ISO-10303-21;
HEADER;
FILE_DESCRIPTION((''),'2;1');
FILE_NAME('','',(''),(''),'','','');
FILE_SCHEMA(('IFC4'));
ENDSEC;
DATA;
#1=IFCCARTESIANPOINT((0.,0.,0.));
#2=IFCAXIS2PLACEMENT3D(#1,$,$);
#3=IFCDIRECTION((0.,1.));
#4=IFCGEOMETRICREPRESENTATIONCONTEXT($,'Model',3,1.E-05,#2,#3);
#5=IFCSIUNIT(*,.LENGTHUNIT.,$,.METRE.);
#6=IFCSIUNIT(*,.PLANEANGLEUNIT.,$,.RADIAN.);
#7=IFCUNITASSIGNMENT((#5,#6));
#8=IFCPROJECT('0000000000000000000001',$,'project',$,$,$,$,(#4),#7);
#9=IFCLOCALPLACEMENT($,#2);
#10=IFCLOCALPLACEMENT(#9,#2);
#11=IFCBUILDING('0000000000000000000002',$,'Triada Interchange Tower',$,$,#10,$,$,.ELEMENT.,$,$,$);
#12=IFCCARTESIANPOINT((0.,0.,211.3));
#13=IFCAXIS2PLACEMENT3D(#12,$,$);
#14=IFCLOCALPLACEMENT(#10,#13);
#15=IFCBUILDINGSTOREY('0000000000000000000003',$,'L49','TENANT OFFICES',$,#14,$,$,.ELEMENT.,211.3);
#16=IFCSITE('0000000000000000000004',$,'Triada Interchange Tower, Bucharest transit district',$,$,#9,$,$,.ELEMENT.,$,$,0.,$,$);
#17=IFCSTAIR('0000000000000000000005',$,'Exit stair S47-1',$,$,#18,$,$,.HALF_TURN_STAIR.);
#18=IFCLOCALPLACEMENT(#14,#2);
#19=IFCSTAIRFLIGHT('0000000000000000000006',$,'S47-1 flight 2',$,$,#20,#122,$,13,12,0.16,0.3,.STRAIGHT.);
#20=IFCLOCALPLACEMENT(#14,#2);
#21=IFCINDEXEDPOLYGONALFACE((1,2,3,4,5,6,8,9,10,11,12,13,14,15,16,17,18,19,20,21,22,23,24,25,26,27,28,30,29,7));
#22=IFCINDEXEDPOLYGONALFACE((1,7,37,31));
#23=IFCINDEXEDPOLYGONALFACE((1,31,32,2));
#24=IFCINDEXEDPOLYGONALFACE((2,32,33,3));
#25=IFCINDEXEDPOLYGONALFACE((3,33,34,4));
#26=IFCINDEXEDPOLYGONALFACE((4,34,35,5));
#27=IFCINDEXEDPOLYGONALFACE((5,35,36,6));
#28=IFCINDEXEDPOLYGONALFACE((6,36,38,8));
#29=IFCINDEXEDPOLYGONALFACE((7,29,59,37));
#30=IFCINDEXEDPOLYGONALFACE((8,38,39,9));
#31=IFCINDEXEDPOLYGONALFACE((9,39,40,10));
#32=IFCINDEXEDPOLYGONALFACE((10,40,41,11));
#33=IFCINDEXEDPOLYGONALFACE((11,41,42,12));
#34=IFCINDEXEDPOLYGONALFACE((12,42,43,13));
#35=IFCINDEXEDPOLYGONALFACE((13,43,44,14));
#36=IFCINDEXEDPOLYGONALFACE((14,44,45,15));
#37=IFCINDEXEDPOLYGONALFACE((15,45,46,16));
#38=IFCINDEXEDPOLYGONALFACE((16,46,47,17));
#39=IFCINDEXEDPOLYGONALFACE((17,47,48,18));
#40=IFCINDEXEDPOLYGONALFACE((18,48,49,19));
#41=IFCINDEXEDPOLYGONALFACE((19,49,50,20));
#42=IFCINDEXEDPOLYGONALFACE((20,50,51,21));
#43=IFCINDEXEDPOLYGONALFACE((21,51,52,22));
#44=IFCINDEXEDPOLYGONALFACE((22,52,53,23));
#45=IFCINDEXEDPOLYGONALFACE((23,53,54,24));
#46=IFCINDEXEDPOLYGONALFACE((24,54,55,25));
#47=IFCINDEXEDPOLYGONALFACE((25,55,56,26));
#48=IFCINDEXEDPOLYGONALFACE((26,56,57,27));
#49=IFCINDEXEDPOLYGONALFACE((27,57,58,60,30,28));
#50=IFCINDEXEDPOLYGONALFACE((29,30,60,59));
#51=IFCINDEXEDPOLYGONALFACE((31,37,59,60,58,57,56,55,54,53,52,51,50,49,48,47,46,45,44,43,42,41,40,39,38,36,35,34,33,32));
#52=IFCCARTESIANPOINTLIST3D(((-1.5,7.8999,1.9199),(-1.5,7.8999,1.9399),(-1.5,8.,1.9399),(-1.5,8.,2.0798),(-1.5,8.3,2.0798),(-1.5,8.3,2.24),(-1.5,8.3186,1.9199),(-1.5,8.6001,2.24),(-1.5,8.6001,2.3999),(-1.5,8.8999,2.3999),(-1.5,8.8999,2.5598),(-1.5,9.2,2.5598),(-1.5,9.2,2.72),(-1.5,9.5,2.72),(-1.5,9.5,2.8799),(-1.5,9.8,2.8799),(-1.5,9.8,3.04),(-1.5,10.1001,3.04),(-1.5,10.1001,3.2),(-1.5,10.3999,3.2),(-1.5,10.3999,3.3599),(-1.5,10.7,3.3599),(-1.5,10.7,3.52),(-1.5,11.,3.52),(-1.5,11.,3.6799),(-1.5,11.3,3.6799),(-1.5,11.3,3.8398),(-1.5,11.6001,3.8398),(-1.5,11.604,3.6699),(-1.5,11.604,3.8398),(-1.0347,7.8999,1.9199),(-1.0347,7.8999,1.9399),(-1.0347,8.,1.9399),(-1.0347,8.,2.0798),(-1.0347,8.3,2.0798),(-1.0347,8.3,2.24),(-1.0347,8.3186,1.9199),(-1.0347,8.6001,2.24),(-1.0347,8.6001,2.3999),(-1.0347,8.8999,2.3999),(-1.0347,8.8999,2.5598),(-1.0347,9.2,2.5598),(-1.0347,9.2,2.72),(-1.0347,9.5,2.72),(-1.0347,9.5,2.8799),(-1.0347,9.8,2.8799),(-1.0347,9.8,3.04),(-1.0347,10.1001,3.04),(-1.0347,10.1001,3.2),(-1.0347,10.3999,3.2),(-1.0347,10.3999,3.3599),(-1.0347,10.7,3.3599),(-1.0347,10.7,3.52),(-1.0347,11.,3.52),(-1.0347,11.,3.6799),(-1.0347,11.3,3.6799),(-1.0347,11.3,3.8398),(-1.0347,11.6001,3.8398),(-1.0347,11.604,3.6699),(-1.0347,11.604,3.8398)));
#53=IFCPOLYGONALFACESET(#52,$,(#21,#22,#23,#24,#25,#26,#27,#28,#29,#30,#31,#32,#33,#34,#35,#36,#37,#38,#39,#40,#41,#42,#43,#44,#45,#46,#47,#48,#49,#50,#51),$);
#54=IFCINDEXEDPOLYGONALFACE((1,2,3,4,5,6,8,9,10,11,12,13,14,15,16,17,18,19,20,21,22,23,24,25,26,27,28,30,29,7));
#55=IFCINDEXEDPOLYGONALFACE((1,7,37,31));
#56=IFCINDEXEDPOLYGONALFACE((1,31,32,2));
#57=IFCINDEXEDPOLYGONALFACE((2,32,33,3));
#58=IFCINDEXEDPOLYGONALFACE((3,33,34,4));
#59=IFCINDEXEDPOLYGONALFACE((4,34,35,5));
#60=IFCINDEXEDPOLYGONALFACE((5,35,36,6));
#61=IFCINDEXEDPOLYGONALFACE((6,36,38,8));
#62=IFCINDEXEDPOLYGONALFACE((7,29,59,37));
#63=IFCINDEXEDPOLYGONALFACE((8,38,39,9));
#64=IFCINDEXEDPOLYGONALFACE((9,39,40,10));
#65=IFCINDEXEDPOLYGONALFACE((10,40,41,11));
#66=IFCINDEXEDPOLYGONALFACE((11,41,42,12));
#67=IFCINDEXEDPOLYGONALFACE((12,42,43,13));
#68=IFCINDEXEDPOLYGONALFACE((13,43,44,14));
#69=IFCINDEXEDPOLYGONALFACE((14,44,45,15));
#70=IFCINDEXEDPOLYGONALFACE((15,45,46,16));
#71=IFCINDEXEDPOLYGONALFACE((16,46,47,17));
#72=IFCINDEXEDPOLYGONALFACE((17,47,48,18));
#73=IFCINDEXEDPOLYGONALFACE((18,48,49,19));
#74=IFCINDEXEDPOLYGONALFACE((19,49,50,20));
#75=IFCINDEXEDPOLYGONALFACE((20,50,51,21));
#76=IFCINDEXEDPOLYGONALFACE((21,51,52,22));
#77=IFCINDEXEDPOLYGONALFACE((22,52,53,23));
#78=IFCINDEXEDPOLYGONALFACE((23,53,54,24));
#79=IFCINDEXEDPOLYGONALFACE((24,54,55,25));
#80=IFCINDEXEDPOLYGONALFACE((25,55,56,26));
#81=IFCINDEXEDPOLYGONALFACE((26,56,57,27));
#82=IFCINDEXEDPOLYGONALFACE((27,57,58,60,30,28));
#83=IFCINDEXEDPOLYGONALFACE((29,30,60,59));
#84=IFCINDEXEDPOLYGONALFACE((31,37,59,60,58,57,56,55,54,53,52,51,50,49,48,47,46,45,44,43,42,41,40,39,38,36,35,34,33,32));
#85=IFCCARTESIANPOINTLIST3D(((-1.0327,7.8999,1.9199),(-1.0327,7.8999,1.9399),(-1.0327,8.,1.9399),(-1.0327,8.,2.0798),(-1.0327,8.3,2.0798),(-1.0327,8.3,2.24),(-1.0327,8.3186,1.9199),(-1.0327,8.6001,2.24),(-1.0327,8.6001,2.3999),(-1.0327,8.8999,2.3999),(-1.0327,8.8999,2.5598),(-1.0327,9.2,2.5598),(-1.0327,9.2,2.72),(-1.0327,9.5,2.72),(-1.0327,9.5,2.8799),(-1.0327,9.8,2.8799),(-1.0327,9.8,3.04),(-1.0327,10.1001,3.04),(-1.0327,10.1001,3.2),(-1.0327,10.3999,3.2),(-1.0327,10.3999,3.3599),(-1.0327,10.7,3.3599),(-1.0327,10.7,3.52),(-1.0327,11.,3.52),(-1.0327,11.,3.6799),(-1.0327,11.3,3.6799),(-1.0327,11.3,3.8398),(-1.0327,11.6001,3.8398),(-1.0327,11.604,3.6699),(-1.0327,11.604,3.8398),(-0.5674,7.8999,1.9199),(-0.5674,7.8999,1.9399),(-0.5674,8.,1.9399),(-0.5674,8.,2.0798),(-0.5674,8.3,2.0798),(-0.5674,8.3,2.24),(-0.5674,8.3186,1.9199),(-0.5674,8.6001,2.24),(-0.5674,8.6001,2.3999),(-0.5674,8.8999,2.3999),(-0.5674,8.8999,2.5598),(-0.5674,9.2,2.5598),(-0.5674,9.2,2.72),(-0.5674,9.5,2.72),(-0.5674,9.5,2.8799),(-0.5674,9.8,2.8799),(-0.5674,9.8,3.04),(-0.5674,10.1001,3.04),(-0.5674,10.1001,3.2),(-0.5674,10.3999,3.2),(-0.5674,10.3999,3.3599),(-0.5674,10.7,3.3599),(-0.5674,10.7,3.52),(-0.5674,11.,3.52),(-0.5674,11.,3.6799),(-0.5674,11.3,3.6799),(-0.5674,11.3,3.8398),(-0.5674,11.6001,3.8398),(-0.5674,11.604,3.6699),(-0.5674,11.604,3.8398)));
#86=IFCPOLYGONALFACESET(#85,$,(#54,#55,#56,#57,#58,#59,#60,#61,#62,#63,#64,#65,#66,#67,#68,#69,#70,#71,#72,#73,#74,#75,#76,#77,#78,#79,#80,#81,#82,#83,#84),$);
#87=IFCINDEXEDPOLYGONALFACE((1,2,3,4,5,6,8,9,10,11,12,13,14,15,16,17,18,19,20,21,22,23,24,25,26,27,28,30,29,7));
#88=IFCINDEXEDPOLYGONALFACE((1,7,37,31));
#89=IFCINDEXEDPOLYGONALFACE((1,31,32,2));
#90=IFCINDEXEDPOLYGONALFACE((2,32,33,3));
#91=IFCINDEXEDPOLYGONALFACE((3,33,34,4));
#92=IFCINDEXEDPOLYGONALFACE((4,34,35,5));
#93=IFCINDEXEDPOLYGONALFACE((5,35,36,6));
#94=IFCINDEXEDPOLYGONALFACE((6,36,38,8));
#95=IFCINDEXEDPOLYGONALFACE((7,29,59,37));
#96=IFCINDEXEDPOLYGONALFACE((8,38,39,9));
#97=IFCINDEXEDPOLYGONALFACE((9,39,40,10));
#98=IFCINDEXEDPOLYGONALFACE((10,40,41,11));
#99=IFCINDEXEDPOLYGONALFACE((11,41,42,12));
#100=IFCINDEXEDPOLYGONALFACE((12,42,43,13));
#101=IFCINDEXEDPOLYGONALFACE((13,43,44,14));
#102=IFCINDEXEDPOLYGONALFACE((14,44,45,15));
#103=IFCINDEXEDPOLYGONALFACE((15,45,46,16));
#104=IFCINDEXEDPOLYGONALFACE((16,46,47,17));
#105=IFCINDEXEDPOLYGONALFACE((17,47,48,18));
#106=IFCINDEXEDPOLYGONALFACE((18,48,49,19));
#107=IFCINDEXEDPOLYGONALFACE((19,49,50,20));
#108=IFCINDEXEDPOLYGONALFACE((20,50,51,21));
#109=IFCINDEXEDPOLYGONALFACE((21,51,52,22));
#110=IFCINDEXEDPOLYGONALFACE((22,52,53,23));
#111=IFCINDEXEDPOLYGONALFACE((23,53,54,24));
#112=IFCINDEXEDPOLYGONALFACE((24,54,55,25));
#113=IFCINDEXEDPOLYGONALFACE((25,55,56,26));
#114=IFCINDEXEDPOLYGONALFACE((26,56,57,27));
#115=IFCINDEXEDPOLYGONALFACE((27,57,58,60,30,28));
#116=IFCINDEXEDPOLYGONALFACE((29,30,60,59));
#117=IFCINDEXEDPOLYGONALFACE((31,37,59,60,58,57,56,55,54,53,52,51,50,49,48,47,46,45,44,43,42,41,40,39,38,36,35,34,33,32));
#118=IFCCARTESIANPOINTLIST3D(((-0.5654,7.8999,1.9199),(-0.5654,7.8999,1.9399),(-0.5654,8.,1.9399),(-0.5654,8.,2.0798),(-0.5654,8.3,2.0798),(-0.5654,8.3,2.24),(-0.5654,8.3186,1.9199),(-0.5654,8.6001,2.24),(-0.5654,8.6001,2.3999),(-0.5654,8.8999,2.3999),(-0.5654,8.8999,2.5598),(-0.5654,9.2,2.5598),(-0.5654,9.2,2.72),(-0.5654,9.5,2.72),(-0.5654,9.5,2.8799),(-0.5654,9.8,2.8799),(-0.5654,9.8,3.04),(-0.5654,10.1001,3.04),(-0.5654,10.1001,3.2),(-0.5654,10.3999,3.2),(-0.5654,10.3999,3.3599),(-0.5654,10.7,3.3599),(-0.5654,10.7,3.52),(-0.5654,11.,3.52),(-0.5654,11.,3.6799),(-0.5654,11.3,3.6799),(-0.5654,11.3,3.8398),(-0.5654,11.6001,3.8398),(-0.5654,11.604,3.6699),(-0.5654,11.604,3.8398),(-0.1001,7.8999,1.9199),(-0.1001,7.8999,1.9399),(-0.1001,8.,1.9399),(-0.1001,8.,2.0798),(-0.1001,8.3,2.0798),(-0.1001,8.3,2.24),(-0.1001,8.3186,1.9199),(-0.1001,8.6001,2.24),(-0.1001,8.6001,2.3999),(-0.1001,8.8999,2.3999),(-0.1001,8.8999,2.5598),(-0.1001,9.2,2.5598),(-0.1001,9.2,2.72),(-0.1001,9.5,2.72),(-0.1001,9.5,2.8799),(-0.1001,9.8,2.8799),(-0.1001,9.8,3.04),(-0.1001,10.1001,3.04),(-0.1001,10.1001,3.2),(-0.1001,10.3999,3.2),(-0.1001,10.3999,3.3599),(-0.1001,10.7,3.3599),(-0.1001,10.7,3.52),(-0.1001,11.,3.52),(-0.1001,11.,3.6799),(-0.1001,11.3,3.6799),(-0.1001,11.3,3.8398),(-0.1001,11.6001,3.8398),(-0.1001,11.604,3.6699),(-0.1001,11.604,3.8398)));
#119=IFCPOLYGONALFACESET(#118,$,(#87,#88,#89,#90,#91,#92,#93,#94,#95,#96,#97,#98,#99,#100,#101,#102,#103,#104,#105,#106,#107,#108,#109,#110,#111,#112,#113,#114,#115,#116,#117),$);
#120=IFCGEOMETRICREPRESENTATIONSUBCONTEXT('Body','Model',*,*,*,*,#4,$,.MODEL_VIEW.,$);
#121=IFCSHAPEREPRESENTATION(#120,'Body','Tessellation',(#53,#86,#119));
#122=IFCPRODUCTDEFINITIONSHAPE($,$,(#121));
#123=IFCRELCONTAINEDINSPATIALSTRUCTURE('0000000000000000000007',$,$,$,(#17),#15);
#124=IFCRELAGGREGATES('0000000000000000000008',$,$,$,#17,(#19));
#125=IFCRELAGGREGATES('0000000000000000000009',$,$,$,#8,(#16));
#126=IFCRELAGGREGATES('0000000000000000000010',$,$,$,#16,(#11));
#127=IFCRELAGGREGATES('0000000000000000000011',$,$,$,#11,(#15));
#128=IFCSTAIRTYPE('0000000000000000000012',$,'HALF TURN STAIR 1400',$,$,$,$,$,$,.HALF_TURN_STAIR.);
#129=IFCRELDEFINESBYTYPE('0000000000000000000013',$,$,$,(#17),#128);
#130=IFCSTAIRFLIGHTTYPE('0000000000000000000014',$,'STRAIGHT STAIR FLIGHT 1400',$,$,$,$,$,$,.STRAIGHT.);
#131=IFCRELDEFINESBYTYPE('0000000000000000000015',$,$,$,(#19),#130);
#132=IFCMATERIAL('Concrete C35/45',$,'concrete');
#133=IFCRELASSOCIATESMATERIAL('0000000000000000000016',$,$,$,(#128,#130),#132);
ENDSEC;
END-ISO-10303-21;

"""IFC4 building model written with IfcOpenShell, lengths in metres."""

from ifc_helpers import new_model, si_unit, direction, frame, origin, place, context, subcontext, project, spatial, polyline, outline, extrude, material, type_object, element, aggregate, save


model = new_model("IFC4")

# Units and contexts
model_context = context("Model", 3, precision=1e-05, world=origin(), true_north=direction((0.0, 1.0)))
body_context = subcontext(model_context, "Body", "Model", "MODEL_VIEW")
ifc_project = project(units=[si_unit("LENGTHUNIT", "METRE"), si_unit("PLANEANGLEUNIT", "RADIAN")], contexts=[model_context])

# Site, building, storey
site_placement = place(None, origin())
site = spatial("IfcSite", under=ifc_project, at=site_placement, Name="Triada Interchange Tower, Bucharest transit district", CompositionType="ELEMENT", RefElevation=0.0)
building_placement = place(site_placement, origin())
building = spatial("IfcBuilding", under=site, at=building_placement, Name="Triada Interchange Tower", CompositionType="ELEMENT")
storey_placement = place(building_placement, frame((0.0, 0.0, 211.3)))
storey = spatial("IfcBuildingStorey", under=building, at=storey_placement, Name="L49", Description="TENANT OFFICES", CompositionType="ELEMENT", Elevation=211.3)

# Stair, stair flight
ifc_material_1 = material(Name="Concrete C35/45", Category="concrete")
stair_type = type_object("IfcStairType", Name="HALF TURN STAIR 1400", PredefinedType="HALF_TURN_STAIR", material=ifc_material_1)
stair_placement = place(storey_placement, origin())
stair = element("IfcStair", 1, at=stair_placement, inside=storey, type_object=stair_type, Name="Exit stair S47-1", PredefinedType="HALF_TURN_STAIR")
stair_flight_type = type_object("IfcStairFlightType", Name="STRAIGHT STAIR FLIGHT 1400", PredefinedType="STRAIGHT", material=ifc_material_1)
stair_flight_placement = place(storey_placement, frame((-0.8, 8.0, 1.9199), z_axis=(0.0, 0.0, 1.0), x_axis=(0.0, 1.0, 0.0)))
stair_flight = element("IfcStairFlight", 2, at=stair_flight_placement, type_object=stair_flight_type, Name="S47-1 flight 2", NumberOfRisers=13, NumberOfTreads=12, PredefinedType="STRAIGHT", RiserHeight=0.16, TreadLength=0.3, context=body_context, shape_type="SweptSolid", body=[
    extrude(outline(polyline([(-0.1001, 0.0), (-0.1001, 0.02), (0.0, 0.02), (0.0, 0.1599), (0.3, 0.1599), (0.3, 0.3201), (0.6001, 0.3201), (0.6001, 0.48), (0.8999, 0.48), (0.8999, 0.6399), (1.2, 0.6399), (1.2, 0.8), (1.5, 0.8), (1.5, 0.96), (1.8, 0.96), (1.8, 1.1201), (2.1001, 1.1201), (2.1001, 1.28), (2.3999, 1.28), (2.3999, 1.4399), (2.7, 1.4399), (2.7, 1.6001), (3.0, 1.6001), (3.0, 1.76), (3.3, 1.76), (3.3, 1.9199), (3.6001, 1.9199), (3.604, 1.9199), (3.604, 2.0801), (3.604, 1.75), (0.3186, 0.0), (-0.1001, 0.0)])), frame((0.0, 0.7, 0.0), z_axis=(0.0, -1.0, 0.0), x_axis=(1.0, 0.0, 0.0)), (0.0, 0.0, 1.0), 0.4653),
    extrude(outline(polyline([(-0.1001, 0.0), (-0.1001, 0.02), (0.0, 0.02), (0.0, 0.1599), (0.3, 0.1599), (0.3, 0.3201), (0.6001, 0.3201), (0.6001, 0.48), (0.8999, 0.48), (0.8999, 0.6399), (1.2, 0.6399), (1.2, 0.8), (1.5, 0.8), (1.5, 0.96), (1.8, 0.96), (1.8, 1.1201), (2.1001, 1.1201), (2.1001, 1.28), (2.3999, 1.28), (2.3999, 1.4399), (2.7, 1.4399), (2.7, 1.6001), (3.0, 1.6001), (3.0, 1.76), (3.3, 1.76), (3.3, 1.9199), (3.6001, 1.9199), (3.604, 1.9199), (3.604, 2.0801), (3.604, 1.75), (0.3186, 0.0), (-0.1001, 0.0)])), frame((0.0, 0.2327, 0.0), z_axis=(0.0, -1.0, 0.0), x_axis=(1.0, 0.0, 0.0)), (0.0, 0.0, 1.0), 0.4653),
    extrude(outline(polyline([(-0.1001, 0.0), (-0.1001, 0.02), (0.0, 0.02), (0.0, 0.1599), (0.3, 0.1599), (0.3, 0.3201), (0.6001, 0.3201), (0.6001, 0.48), (0.8999, 0.48), (0.8999, 0.6399), (1.2, 0.6399), (1.2, 0.8), (1.5, 0.8), (1.5, 0.96), (1.8, 0.96), (1.8, 1.1201), (2.1001, 1.1201), (2.1001, 1.28), (2.3999, 1.28), (2.3999, 1.4399), (2.7, 1.4399), (2.7, 1.6001), (3.0, 1.6001), (3.0, 1.76), (3.3, 1.76), (3.3, 1.9199), (3.6001, 1.9199), (3.604, 1.9199), (3.604, 2.0801), (3.604, 1.75), (0.3186, 0.0), (-0.1001, 0.0)])), frame((0.0, -0.2346, 0.0), z_axis=(0.0, -1.0, 0.0), x_axis=(1.0, 0.0, 0.0)), (0.0, 0.0, 1.0), 0.4653),
])
aggregate(stair, [stair_flight])

save(model, "model.ifc")
